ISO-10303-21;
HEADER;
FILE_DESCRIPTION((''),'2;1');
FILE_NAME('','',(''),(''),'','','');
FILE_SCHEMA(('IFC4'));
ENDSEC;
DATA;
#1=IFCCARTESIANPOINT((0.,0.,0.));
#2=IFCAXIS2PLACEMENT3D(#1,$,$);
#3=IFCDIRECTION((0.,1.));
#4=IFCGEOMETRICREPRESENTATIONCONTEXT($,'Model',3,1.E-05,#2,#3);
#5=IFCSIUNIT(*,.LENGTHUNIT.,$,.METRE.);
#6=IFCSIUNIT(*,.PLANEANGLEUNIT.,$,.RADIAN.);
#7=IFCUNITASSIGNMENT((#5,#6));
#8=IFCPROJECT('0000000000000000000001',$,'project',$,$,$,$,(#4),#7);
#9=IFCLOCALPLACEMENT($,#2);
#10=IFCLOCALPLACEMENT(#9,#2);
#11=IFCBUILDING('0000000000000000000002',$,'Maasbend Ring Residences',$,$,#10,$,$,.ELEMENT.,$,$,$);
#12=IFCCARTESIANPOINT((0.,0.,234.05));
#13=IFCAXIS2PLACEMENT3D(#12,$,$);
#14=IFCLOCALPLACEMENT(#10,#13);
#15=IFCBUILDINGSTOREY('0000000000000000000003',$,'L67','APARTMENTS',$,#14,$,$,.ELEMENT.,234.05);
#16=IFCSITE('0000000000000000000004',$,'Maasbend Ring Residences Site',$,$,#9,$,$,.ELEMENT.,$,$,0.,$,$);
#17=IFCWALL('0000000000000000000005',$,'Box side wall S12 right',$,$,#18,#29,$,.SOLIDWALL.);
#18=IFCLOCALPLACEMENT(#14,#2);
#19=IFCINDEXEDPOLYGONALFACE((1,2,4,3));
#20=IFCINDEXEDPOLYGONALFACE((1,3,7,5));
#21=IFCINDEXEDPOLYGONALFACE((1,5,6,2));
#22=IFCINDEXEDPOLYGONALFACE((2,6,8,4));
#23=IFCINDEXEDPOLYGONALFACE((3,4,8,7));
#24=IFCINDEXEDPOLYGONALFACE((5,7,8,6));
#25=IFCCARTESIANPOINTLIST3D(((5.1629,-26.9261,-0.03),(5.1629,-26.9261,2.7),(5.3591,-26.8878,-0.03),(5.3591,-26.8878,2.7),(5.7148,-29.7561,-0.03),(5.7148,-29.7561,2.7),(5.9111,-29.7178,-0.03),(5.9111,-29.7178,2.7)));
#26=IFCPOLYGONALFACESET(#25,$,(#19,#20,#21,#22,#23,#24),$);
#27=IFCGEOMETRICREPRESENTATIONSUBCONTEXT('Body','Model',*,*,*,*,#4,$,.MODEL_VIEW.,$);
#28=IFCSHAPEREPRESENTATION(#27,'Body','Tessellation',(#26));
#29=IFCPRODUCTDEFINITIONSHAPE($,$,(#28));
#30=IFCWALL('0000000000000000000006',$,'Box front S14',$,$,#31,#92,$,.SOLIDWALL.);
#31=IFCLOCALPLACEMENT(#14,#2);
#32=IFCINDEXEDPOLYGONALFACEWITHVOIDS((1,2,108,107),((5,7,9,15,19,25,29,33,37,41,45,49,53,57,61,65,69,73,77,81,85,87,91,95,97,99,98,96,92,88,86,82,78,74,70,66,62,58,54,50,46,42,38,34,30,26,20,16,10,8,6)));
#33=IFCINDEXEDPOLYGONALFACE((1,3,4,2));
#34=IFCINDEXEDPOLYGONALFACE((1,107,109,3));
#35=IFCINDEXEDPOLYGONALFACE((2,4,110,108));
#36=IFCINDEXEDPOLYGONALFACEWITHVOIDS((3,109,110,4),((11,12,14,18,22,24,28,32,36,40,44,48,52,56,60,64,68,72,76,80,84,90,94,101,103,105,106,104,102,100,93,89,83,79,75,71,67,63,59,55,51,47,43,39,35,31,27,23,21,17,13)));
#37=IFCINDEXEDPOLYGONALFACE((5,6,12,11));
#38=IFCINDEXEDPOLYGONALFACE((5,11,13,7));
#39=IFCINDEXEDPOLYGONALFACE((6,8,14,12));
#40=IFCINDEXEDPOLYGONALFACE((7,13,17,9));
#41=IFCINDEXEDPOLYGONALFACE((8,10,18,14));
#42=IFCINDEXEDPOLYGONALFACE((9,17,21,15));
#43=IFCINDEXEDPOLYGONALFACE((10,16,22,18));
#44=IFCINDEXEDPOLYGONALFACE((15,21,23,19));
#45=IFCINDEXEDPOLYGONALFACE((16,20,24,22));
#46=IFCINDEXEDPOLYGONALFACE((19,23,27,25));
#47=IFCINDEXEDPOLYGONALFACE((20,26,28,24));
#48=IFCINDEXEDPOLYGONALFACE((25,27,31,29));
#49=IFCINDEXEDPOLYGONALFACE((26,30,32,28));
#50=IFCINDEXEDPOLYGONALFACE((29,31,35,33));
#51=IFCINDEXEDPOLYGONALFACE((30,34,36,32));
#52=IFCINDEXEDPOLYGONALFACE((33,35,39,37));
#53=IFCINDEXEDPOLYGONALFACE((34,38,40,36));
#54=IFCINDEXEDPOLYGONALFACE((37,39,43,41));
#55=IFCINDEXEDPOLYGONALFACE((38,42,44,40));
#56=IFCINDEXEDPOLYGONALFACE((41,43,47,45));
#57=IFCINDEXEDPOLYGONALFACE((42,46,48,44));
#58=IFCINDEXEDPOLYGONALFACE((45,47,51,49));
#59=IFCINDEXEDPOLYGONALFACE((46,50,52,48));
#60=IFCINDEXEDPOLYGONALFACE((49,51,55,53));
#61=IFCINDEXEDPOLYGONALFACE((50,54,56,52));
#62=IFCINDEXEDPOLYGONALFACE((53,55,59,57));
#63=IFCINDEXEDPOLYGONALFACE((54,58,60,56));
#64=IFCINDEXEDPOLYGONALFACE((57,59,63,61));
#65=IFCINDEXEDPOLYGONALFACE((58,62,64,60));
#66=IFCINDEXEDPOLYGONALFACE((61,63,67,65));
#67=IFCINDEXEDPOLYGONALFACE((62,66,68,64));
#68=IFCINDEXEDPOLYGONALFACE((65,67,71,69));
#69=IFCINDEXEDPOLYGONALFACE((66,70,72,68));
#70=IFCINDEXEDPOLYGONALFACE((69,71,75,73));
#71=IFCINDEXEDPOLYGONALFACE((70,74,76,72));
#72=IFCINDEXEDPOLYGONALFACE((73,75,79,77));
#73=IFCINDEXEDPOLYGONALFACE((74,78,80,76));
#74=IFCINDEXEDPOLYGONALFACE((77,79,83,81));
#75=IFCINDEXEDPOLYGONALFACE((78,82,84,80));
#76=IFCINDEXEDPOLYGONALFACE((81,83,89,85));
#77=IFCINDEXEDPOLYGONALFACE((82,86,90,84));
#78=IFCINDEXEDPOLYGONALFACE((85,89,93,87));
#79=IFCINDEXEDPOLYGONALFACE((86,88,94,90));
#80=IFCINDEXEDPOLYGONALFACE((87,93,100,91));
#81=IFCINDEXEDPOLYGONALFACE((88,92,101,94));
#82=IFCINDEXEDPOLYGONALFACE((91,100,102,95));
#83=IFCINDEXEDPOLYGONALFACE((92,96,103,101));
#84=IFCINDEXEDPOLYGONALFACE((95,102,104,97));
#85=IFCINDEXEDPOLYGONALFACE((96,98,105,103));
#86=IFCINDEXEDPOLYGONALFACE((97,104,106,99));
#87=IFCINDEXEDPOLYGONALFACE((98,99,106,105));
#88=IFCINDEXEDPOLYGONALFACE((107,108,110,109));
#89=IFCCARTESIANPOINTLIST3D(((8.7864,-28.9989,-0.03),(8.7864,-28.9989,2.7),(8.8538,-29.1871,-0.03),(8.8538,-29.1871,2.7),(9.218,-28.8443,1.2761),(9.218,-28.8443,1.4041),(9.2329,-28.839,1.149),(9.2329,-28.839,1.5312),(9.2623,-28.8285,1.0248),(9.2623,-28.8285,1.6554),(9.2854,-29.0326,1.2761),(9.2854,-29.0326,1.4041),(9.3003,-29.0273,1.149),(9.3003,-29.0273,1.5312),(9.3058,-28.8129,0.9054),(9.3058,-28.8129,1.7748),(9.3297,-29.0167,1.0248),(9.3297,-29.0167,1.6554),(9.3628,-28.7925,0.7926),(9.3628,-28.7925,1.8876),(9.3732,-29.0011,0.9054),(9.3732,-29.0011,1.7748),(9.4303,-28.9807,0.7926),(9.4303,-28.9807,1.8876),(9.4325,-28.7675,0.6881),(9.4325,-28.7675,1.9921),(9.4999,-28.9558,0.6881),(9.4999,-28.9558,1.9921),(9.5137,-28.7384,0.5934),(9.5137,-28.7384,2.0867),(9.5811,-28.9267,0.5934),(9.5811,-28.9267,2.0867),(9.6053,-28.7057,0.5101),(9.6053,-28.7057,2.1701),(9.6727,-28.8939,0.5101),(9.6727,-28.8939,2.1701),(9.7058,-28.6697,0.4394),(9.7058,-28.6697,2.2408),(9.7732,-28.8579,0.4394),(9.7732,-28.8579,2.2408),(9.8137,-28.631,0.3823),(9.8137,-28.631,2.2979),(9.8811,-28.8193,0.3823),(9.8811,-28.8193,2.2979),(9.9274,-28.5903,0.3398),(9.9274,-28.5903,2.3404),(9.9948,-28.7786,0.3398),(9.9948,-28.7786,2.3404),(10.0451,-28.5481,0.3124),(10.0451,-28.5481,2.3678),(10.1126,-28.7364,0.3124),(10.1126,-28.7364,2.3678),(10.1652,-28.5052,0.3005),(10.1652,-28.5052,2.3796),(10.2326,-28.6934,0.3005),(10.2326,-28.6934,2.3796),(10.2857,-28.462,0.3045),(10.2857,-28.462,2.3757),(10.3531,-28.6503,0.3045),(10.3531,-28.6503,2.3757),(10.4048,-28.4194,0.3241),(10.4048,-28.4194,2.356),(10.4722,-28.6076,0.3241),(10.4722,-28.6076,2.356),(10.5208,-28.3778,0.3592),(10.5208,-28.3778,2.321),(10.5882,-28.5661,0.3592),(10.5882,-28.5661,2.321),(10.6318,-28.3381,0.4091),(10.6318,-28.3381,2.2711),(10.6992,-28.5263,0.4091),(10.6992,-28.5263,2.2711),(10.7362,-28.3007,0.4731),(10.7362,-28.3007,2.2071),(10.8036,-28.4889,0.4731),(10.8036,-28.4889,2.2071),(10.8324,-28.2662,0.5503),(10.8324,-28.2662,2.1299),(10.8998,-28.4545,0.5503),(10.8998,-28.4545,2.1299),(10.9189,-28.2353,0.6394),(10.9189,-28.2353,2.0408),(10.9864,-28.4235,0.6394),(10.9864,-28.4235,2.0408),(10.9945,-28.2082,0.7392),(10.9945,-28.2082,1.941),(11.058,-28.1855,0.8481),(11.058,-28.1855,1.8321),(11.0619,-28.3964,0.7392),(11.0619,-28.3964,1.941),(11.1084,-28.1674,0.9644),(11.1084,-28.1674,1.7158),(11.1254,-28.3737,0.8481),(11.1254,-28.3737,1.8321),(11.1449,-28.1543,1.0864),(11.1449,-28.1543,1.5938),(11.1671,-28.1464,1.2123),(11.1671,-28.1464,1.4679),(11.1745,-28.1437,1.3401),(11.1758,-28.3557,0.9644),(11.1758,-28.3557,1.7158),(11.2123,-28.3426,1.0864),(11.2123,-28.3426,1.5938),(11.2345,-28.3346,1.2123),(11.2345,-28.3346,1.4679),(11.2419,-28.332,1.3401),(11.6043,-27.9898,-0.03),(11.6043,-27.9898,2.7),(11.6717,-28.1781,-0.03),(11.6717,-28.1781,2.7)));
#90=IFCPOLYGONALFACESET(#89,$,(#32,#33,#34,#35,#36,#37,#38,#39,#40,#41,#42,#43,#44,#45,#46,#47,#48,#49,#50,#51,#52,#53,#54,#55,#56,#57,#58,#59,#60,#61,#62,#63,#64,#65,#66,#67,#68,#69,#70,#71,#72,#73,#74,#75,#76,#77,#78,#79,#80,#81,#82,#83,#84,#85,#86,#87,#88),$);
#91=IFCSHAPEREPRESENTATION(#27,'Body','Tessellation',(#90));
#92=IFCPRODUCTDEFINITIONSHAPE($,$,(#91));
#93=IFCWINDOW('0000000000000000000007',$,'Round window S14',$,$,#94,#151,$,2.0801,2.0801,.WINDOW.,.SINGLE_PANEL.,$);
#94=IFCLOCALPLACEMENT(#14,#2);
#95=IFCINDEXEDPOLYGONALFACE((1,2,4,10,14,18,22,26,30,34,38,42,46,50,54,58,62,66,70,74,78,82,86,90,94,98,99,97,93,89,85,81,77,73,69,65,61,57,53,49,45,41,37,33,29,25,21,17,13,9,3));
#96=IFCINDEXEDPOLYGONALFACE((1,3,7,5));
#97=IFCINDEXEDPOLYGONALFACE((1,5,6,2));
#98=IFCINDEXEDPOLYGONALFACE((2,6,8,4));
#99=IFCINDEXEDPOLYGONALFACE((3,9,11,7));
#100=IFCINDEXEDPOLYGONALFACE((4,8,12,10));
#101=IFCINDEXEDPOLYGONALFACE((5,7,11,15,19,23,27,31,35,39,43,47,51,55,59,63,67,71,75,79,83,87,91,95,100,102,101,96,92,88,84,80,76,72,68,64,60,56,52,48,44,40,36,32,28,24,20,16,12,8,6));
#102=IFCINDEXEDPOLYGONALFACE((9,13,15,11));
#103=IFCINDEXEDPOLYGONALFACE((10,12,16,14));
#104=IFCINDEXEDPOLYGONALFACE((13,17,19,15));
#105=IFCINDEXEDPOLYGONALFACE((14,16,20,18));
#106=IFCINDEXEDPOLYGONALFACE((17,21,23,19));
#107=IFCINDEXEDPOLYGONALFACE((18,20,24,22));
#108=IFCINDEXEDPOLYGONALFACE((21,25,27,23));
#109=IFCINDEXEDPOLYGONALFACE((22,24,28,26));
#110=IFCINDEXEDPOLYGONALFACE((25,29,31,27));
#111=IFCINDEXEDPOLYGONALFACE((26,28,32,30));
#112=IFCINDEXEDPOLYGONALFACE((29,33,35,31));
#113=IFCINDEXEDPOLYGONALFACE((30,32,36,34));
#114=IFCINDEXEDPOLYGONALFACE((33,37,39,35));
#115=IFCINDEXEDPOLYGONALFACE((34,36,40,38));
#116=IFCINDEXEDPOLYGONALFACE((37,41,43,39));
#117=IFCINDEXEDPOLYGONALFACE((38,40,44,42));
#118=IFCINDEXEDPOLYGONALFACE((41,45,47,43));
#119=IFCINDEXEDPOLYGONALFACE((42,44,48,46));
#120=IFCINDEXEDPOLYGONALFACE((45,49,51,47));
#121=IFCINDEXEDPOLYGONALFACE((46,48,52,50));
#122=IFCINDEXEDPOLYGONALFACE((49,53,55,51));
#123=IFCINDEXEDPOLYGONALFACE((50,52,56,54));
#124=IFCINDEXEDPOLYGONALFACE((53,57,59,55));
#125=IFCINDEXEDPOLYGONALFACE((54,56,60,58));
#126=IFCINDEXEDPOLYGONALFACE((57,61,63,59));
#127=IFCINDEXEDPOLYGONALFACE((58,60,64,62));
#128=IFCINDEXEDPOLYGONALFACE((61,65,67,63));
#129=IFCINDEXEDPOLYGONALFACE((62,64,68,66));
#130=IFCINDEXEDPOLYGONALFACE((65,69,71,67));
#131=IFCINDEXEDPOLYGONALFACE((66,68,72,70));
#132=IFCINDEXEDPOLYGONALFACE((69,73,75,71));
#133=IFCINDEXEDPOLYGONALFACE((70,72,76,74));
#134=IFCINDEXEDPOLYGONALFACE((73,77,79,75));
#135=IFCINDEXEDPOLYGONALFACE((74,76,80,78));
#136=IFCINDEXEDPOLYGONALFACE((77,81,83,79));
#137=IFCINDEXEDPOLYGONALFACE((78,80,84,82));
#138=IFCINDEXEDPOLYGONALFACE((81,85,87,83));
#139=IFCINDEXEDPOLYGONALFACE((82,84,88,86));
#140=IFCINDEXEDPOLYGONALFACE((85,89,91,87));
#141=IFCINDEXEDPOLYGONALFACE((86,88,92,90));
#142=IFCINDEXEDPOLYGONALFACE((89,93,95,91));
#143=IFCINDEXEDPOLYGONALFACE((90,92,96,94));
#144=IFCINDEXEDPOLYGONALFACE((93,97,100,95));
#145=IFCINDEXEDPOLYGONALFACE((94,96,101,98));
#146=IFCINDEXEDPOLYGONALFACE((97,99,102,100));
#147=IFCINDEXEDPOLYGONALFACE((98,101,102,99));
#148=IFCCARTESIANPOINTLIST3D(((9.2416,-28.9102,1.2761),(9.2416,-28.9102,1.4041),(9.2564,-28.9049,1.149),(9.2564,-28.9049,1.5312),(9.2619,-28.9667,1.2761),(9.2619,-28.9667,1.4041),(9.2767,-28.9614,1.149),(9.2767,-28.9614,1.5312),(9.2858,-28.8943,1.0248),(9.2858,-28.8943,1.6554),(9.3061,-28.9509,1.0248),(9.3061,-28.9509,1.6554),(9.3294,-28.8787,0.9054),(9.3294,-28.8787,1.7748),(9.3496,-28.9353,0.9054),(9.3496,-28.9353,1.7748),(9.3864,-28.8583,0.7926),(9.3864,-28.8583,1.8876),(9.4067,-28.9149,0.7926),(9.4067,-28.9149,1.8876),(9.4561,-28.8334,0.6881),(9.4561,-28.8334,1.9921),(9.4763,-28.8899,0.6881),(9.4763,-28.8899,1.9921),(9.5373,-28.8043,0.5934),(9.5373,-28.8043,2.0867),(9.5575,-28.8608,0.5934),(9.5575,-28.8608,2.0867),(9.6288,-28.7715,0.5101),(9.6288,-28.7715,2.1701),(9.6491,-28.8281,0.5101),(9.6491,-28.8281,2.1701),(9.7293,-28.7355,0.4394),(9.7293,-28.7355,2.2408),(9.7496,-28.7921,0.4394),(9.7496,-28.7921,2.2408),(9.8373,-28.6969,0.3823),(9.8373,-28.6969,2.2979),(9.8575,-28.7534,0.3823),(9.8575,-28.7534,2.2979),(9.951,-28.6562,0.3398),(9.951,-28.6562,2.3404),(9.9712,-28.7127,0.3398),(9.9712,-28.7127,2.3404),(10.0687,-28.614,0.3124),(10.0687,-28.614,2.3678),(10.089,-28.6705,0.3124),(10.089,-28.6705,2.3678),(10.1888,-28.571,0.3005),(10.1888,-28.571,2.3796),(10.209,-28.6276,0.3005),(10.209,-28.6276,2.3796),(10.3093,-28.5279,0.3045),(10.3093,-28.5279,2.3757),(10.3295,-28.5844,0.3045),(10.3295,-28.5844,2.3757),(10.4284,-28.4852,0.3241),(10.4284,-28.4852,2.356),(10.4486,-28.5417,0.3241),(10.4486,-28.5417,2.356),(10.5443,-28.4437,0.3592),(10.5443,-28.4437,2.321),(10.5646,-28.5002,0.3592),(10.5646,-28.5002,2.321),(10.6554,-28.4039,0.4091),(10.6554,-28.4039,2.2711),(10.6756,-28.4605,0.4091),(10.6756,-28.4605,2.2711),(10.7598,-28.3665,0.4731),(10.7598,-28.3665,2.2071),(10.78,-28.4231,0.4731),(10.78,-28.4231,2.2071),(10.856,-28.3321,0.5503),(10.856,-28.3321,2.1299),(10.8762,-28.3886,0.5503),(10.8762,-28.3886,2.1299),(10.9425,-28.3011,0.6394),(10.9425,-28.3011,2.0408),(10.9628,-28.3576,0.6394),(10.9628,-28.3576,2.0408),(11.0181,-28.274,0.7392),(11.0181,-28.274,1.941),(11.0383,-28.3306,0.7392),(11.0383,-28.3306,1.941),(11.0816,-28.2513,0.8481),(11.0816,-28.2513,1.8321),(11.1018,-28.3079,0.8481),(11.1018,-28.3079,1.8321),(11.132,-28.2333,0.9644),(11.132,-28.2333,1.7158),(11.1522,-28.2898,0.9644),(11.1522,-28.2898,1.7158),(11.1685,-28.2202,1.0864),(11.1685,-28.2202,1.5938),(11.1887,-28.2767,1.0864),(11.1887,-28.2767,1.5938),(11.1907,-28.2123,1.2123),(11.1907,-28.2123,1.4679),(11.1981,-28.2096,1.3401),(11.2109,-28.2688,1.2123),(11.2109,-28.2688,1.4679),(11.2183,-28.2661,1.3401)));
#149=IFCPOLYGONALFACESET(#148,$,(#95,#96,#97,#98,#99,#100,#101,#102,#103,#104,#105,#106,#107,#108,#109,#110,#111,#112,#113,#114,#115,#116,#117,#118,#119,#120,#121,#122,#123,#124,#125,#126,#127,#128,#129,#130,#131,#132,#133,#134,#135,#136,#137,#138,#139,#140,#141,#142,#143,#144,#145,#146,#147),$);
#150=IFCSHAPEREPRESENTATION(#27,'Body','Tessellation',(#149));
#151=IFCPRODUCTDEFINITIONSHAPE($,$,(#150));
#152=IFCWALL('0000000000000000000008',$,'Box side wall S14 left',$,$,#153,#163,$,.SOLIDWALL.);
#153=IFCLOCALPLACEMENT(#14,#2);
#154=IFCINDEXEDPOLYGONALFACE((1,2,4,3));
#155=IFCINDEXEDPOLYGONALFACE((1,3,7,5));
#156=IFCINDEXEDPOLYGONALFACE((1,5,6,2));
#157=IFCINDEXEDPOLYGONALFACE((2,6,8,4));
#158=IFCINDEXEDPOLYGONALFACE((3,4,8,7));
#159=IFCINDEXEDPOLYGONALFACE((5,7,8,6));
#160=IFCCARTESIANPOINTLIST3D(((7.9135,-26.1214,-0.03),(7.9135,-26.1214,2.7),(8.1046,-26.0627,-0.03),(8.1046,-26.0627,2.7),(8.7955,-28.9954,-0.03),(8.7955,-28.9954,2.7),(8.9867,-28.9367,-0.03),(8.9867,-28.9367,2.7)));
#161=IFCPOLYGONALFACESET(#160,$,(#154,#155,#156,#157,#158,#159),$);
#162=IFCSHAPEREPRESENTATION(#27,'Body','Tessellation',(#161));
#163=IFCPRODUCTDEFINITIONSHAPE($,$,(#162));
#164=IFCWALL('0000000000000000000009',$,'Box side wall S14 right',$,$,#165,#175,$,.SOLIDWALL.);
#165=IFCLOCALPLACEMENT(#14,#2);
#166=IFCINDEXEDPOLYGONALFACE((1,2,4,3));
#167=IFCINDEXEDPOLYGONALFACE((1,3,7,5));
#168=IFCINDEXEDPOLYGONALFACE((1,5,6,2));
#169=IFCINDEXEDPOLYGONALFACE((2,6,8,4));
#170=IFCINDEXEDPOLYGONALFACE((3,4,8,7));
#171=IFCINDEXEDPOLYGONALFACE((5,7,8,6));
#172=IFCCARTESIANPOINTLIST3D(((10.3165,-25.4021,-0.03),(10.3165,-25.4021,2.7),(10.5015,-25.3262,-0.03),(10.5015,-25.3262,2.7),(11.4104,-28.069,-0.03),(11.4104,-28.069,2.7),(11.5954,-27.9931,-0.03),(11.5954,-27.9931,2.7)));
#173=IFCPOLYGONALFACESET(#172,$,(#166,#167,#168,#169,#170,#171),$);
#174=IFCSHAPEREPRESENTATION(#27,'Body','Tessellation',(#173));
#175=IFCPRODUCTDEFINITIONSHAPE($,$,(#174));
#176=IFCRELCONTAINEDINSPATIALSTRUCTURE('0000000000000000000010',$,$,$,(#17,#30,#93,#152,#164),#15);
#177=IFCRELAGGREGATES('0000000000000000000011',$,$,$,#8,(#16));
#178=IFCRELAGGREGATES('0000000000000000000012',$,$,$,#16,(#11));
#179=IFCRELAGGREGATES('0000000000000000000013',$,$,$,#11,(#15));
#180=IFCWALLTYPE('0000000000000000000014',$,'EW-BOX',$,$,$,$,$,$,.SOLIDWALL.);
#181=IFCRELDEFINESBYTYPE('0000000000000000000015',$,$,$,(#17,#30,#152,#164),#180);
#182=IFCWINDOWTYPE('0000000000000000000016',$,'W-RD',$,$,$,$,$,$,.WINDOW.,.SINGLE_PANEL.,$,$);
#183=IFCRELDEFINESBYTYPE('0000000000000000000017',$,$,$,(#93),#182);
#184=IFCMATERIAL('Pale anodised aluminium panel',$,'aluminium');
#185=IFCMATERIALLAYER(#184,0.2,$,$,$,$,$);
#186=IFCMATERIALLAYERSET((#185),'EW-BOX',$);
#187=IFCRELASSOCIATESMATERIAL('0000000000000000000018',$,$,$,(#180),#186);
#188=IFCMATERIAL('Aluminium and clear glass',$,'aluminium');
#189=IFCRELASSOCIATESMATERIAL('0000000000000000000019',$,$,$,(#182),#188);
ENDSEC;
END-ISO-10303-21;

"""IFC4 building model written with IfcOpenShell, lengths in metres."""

from ifc_helpers import new_model, si_unit, direction, frame, frame_2d, origin, place, context, subcontext, project, spatial, rectangle, circle, extrude, material, layer, layer_set, type_object, element, fill, save


model = new_model("IFC4")

# Units and contexts
model_context = context("Model", 3, precision=1e-05, world=origin(), true_north=direction((0.0, 1.0)))
body_context = subcontext(model_context, "Body", "Model", "MODEL_VIEW")
ifc_project = project(units=[si_unit("LENGTHUNIT", "METRE"), si_unit("PLANEANGLEUNIT", "RADIAN")], contexts=[model_context])

# Site, building, storey
site_placement = place(None, origin())
site = spatial("IfcSite", under=ifc_project, at=site_placement, Name="Maasbend Ring Residences Site", CompositionType="ELEMENT", RefElevation=0.0)
building_placement = place(site_placement, origin())
building = spatial("IfcBuilding", under=site, at=building_placement, Name="Maasbend Ring Residences", CompositionType="ELEMENT")
storey_placement = place(building_placement, frame((0.0, 0.0, 234.05)))
storey = spatial("IfcBuildingStorey", under=building, at=storey_placement, Name="L67", Description="APARTMENTS", CompositionType="ELEMENT", Elevation=234.05)

# Shared definitions
ifc_material_1 = material(Name="Pale anodised aluminium panel", Category="aluminium")
ifc_layer_1 = layer(ifc_material_1, 0.2)
ifc_layer_set_1 = layer_set([ifc_layer_1], Name="EW-BOX")
wall_type_1 = type_object("IfcWallType", Name="EW-BOX", PredefinedType="SOLIDWALL", material=ifc_layer_set_1)
ifc_material_2 = material(Name="Aluminium and clear glass", Category="aluminium")
window_type_1 = type_object("IfcWindowType", Name="W-RD", PartitioningType="SINGLE_PANEL", PredefinedType="WINDOW", material=ifc_material_2)

# Wall
wall_1_placement = place(storey_placement, frame((5.261, -26.907, -0.03), z_axis=(0.0, 0.0, 1.0), x_axis=(0.191441, -0.981504, 0.0)))
element("IfcWall", 1, at=wall_1_placement, inside=storey, type_object=wall_type_1, Name="Box side wall S12 right", PredefinedType="SOLIDWALL", context=body_context, shape_type="SweptSolid", body=[
    extrude(rectangle(XDim=2.8833, YDim=0.2, at=frame_2d((1.4417, 0.0))), origin(), (0.0, 0.0, 1.0), 2.73),
])

# Wall, opening, window
wall_2_placement = place(storey_placement, frame((8.8201, -29.093, -0.03), z_axis=(0.0, 0.0, 1.0), x_axis=(0.941461, 0.337122, 0.0)))
wall_2 = element("IfcWall", 2, at=wall_2_placement, inside=storey, type_object=wall_type_1, Name="Box front S14", PredefinedType="SOLIDWALL", context=body_context, shape_type="SweptSolid", body=[
    extrude(rectangle(XDim=2.9932, YDim=0.2, at=frame_2d((1.4966, 0.0))), origin(), (0.0, 0.0, 1.0), 2.73),
])
opening_1_placement = place(wall_2_placement, frame((0.4565, 0.0, 0.3301)))
opening_1 = element("IfcOpeningElement", 3, at=opening_1_placement, cuts=wall_2, PredefinedType="OPENING", context=body_context, shape_type="SweptSolid", body=[
    extrude(circle(Radius=1.04, at=frame_2d((1.04, 1.04))), frame((0.0, 0.1099, 0.0), z_axis=(0.0, -1.0, 0.0), x_axis=(1.0, 0.0, 0.0)), (0.0, 0.0, 1.0), 0.22),
])
window_1_placement = place(opening_1_placement, origin())
window_1 = element("IfcWindow", 4, at=window_1_placement, inside=storey, type_object=window_type_1, Name="Round window S14", OverallHeight=2.0801, OverallWidth=2.0801, PartitioningType="SINGLE_PANEL", PredefinedType="WINDOW", context=body_context, shape_type="SweptSolid", body=[
    extrude(circle(Radius=1.04, at=frame_2d((1.04, 1.04))), frame((0.0, 0.03, 0.0), z_axis=(0.0, -1.0, 0.0), x_axis=(1.0, 0.0, 0.0)), (0.0, 0.0, 1.0), 0.0601),
])
fill(opening_1, window_1)

# Walls
wall_3_placement = place(storey_placement, frame((8.009, -26.092, -0.03), z_axis=(0.0, 0.0, 1.0), x_axis=(0.293407, -0.955988, 0.0)))
element("IfcWall", 5, at=wall_3_placement, inside=storey, type_object=wall_type_1, Name="Box side wall S14 left", PredefinedType="SOLIDWALL", context=body_context, shape_type="SweptSolid", body=[
    extrude(rectangle(XDim=3.0063, YDim=0.2, at=frame_2d((1.5032, 0.0))), origin(), (0.0, 0.0, 1.0), 2.73),
])
wall_4_placement = place(storey_placement, frame((10.4089, -25.364, -0.03), z_axis=(0.0, 0.0, 1.0), x_axis=(0.37951, -0.925188, 0.0)))
element("IfcWall", 6, at=wall_4_placement, inside=storey, type_object=wall_type_1, Name="Box side wall S14 right", PredefinedType="SOLIDWALL", context=body_context, shape_type="SweptSolid", body=[
    extrude(rectangle(XDim=2.8826, YDim=0.2, at=frame_2d((1.4414, 0.0))), origin(), (0.0, 0.0, 1.0), 2.73),
])

save(model, "model.ifc")
